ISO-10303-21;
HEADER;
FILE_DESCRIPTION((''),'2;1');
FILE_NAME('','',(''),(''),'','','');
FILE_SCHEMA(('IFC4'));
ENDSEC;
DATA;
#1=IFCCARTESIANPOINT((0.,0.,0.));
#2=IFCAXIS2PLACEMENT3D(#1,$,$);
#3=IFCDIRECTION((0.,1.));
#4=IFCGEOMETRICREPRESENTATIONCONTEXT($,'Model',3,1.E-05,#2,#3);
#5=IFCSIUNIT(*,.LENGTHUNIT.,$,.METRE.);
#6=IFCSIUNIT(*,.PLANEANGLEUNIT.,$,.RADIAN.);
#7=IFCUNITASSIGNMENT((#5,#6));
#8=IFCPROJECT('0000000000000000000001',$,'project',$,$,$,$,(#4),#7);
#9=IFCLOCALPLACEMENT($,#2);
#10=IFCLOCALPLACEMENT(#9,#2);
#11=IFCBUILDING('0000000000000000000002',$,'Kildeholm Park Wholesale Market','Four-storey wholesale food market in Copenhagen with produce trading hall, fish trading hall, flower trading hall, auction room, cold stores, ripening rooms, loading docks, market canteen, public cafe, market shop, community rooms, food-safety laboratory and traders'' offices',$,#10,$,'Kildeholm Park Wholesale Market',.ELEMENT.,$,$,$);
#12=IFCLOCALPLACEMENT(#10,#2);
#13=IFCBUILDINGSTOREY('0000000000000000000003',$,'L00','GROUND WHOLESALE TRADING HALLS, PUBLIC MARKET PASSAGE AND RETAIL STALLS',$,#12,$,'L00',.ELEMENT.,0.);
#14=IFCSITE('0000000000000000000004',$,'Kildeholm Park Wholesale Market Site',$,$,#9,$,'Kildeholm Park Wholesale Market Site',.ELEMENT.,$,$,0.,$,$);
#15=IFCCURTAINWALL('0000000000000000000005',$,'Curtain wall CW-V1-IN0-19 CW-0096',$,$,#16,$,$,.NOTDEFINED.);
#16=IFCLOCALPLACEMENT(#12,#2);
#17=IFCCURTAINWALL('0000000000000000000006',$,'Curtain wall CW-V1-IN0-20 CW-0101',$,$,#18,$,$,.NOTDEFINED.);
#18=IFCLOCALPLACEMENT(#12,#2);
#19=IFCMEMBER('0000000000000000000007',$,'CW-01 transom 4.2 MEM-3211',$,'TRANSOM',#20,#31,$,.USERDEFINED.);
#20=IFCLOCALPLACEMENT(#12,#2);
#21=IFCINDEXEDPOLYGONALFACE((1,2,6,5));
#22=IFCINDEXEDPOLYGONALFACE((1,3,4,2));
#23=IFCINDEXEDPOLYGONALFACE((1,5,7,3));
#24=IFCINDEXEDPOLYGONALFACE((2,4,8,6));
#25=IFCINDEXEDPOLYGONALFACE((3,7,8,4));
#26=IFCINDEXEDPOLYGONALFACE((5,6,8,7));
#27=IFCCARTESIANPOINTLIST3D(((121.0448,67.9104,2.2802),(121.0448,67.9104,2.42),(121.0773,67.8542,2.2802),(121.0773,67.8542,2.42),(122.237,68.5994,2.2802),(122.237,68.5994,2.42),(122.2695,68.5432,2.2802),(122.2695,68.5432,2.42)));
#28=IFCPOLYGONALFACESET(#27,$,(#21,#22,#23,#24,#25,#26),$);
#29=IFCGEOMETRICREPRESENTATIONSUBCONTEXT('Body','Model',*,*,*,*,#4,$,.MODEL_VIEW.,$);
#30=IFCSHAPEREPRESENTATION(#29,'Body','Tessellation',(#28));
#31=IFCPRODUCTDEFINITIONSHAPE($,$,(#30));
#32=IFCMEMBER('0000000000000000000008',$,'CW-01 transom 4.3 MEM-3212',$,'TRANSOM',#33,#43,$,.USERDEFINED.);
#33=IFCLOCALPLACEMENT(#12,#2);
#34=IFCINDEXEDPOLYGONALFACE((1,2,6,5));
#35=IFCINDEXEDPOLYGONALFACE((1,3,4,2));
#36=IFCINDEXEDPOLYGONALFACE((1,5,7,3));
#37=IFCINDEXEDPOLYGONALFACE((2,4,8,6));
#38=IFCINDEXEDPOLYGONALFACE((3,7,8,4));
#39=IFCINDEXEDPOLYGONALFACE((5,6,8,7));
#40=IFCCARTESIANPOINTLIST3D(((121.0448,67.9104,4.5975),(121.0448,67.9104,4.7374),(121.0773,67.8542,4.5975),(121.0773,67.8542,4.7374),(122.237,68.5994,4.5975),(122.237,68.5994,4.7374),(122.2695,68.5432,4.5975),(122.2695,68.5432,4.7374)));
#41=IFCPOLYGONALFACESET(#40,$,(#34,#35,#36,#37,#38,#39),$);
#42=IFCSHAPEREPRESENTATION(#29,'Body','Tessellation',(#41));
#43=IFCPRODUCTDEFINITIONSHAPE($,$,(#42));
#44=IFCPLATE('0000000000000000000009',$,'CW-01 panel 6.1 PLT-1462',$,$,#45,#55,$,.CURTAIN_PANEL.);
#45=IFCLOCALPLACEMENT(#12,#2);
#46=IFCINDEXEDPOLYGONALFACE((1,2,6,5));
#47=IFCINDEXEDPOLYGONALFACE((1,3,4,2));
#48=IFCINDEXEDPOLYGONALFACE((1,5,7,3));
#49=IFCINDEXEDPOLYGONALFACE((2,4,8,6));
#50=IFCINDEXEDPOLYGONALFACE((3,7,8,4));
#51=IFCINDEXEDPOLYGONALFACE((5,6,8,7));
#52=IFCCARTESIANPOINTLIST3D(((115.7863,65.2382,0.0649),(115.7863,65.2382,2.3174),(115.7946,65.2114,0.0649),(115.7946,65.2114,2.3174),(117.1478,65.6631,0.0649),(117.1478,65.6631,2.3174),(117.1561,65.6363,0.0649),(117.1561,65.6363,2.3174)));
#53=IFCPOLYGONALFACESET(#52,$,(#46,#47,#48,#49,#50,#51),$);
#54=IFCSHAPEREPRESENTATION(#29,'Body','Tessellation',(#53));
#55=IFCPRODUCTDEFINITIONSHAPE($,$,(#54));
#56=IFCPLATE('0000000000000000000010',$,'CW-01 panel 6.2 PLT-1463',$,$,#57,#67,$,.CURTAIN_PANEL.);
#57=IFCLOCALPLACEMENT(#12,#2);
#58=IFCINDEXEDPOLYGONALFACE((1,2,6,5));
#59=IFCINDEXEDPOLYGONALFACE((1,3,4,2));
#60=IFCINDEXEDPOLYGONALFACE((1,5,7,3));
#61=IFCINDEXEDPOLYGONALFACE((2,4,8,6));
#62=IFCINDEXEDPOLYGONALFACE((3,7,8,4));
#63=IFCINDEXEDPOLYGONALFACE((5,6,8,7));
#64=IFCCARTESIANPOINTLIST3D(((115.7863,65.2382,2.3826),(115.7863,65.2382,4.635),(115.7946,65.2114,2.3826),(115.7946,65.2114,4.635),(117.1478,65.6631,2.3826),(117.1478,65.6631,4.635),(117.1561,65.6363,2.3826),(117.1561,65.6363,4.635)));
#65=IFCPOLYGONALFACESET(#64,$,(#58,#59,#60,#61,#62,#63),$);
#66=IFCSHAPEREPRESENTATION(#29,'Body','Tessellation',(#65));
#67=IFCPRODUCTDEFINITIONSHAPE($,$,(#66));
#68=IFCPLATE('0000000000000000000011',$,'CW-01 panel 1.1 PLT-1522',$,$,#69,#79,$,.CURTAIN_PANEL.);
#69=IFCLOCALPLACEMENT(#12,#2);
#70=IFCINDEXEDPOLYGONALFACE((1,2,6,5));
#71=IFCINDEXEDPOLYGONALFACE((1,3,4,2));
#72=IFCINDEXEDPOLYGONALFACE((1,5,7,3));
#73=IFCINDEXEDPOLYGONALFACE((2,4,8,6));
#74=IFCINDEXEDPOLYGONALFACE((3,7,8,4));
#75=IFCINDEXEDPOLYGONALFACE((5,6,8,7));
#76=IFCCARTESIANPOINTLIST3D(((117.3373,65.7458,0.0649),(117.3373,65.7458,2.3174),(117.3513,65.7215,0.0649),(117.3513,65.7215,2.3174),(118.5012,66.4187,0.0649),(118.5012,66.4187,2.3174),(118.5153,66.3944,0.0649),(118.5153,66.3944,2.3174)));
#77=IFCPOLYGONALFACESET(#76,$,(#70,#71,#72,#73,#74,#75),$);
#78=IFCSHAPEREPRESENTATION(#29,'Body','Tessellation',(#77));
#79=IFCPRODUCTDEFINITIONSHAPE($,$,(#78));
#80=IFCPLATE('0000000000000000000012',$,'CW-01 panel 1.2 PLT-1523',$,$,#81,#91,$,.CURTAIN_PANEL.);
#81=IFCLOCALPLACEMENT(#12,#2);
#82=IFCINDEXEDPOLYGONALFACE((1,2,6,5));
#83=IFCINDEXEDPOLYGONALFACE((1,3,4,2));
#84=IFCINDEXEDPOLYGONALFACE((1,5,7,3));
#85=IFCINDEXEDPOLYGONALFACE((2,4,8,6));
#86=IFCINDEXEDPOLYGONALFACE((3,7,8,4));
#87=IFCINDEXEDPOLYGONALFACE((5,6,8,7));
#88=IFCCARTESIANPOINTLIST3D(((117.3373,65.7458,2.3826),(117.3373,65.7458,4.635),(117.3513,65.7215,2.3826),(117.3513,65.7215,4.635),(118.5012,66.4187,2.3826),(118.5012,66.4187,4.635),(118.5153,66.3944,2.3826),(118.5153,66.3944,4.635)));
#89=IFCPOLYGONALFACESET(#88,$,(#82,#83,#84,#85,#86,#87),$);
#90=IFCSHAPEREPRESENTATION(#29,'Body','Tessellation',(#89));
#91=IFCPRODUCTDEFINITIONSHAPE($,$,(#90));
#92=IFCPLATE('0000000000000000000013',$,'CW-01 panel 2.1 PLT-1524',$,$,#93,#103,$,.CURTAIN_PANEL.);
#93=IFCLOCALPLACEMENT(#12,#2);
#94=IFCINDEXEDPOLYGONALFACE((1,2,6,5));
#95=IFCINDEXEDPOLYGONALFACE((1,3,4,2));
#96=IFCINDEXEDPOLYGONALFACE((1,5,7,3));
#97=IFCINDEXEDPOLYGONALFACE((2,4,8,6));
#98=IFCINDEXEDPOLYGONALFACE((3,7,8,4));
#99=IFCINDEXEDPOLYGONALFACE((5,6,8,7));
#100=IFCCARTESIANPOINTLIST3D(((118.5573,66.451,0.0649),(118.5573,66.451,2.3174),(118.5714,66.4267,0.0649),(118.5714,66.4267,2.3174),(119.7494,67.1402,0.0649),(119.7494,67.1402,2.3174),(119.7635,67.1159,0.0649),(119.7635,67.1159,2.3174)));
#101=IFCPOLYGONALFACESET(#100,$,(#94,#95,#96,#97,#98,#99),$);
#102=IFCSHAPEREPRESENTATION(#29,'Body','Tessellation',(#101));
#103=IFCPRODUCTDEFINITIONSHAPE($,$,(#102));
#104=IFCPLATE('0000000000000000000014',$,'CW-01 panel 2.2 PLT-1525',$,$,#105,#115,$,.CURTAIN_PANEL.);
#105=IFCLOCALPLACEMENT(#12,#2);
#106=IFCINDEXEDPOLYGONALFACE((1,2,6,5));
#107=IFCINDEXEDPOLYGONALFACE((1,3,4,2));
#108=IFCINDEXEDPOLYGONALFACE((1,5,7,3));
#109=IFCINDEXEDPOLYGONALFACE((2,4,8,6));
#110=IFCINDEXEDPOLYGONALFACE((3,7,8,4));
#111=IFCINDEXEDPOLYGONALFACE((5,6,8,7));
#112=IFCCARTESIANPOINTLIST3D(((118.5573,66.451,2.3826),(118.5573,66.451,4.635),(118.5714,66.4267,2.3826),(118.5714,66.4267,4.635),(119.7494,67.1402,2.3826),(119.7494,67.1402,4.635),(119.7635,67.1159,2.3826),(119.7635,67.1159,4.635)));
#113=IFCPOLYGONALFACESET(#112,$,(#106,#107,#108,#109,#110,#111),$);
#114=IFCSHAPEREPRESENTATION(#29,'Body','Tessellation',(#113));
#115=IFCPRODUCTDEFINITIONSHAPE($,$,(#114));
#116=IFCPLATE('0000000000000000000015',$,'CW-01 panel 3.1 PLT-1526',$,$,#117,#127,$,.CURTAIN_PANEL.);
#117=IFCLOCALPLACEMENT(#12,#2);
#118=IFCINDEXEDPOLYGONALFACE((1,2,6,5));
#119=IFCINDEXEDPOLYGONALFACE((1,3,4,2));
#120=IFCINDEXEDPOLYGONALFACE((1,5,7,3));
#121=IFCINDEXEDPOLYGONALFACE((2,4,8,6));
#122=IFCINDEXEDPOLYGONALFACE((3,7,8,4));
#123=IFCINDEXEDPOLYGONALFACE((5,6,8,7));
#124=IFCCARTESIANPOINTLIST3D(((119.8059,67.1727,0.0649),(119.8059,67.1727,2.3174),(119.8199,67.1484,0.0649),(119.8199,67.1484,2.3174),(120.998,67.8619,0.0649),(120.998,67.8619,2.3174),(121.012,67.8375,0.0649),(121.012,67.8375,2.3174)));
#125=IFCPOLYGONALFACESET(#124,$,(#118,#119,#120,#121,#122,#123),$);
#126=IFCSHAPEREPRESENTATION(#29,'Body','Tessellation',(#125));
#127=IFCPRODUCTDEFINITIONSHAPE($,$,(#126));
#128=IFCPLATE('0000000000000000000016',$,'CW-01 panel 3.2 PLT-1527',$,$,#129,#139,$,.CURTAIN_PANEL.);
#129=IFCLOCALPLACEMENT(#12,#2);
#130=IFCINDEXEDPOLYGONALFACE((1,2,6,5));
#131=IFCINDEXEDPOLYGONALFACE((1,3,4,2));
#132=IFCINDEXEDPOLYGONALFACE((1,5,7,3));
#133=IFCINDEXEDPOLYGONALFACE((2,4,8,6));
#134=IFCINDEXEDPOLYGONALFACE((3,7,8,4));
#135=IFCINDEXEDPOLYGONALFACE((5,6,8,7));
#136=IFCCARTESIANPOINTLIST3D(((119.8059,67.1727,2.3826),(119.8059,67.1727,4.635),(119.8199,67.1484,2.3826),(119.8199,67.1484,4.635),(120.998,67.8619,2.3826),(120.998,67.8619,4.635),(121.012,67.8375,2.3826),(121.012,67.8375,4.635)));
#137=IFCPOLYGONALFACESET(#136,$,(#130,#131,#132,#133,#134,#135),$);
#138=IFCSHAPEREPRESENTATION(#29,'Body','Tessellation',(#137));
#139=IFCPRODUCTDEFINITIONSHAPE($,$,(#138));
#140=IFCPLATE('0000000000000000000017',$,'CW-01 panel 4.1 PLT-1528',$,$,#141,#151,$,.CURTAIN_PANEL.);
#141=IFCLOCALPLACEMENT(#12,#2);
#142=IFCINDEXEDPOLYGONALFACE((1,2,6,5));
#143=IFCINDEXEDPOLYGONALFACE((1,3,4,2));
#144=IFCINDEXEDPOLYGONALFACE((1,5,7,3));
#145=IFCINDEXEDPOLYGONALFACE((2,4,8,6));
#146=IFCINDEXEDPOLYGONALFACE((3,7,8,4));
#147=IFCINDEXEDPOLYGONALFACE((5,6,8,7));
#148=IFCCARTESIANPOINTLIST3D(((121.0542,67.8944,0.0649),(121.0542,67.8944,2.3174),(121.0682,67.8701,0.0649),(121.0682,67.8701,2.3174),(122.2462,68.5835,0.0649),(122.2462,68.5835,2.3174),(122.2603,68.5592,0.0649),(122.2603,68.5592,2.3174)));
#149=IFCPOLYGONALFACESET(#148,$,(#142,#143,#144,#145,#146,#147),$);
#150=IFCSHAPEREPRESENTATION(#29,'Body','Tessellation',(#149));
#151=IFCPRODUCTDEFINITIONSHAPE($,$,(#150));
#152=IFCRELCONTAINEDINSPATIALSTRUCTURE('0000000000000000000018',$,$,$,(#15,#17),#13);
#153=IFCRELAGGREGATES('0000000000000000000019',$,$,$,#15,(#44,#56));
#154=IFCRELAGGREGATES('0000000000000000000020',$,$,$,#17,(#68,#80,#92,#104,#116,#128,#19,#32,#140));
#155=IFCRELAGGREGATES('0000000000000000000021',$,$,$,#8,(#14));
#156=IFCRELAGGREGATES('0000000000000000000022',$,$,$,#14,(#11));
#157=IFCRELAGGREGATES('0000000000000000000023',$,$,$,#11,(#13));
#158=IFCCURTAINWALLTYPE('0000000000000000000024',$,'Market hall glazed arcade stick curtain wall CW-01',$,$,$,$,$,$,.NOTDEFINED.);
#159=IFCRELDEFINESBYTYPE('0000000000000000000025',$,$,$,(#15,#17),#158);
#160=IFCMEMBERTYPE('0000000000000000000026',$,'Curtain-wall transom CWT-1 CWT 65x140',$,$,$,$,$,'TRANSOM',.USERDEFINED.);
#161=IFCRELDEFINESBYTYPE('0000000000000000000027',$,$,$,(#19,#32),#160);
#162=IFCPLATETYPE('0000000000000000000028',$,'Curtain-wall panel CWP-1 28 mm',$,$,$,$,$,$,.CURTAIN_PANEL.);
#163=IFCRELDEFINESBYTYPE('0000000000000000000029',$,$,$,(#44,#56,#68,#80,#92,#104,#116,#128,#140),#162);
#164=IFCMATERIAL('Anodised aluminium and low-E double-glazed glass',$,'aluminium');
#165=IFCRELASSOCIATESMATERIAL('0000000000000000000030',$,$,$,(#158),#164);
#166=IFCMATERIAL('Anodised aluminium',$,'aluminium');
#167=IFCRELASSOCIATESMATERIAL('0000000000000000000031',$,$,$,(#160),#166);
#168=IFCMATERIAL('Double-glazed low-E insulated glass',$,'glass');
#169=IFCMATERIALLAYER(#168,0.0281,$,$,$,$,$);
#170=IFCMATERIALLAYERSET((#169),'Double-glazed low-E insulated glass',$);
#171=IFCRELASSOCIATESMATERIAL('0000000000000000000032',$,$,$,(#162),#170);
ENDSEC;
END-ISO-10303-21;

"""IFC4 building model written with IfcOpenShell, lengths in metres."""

from ifc_helpers import new_model, si_unit, direction, frame, origin, origin_2d, place, context, subcontext, project, spatial, rectangle, extrude, material, layer, layer_set, material_profile, profile_set, type_object, element, aggregate, save


model = new_model("IFC4")

# Units and contexts
model_context = context("Model", 3, precision=1e-05, world=origin(), true_north=direction((0.0, 1.0)))
body_context = subcontext(model_context, "Body", "Model", "MODEL_VIEW")
ifc_project = project(units=[si_unit("LENGTHUNIT", "METRE"), si_unit("PLANEANGLEUNIT", "RADIAN")], contexts=[model_context])

# Site, building, storey
site_placement = place(None, origin())
site = spatial("IfcSite", under=ifc_project, at=site_placement, Name="Kildeholm Park Wholesale Market Site", LongName="Kildeholm Park Wholesale Market Site", CompositionType="ELEMENT", RefElevation=0.0)
building_placement = place(site_placement, origin())
building = spatial("IfcBuilding", under=site, at=building_placement, Name="Kildeholm Park Wholesale Market", Description="Four-storey wholesale food market in Copenhagen with produce trading hall, fish trading hall, flower trading hall, auction room, cold stores, ripening rooms, loading docks, market canteen, public cafe, market shop, community rooms, food-safety laboratory and traders' offices", LongName="Kildeholm Park Wholesale Market", CompositionType="ELEMENT")
storey_placement = place(building_placement, origin())
storey = spatial("IfcBuildingStorey", under=building, at=storey_placement, Name="L00", Description="GROUND WHOLESALE TRADING HALLS, PUBLIC MARKET PASSAGE AND RETAIL STALLS", LongName="L00", CompositionType="ELEMENT", Elevation=0.0)

# Curtain wall
ifc_material_1 = material(Name="Anodised aluminium and low-E double-glazed glass", Category="aluminium")
curtain_wall_type = type_object("IfcCurtainWallType", Name="Market hall glazed arcade stick curtain wall CW-01", PredefinedType="NOTDEFINED", material=ifc_material_1)
curtain_wall_1_placement = place(storey_placement, origin())
curtain_wall_1 = element("IfcCurtainWall", 1, at=curtain_wall_1_placement, inside=storey, type_object=curtain_wall_type, Name="Curtain wall CW-V1-IN0-19 CW-0096", PredefinedType="NOTDEFINED")
ifc_material_2 = material(Name="Anodised aluminium", Category="aluminium")

# Curtain wall, members
curtain_wall_2_placement = place(storey_placement, origin())
curtain_wall_2 = element("IfcCurtainWall", 2, at=curtain_wall_2_placement, inside=storey, type_object=curtain_wall_type, Name="Curtain wall CW-V1-IN0-20 CW-0101", PredefinedType="NOTDEFINED")
ifc_material_profile_1 = material_profile(ifc_material_2, rectangle(XDim=0.0649, YDim=0.1399, at=origin_2d()), Name="CWT 65x140")
ifc_profile_set_1 = profile_set([ifc_material_profile_1], Name="Anodised aluminium")
member_type_1 = type_object("IfcMemberType", Name="Curtain-wall transom CWT-1 CWT 65x140", ElementType="TRANSOM", PredefinedType="USERDEFINED", material=ifc_profile_set_1)
member_1_placement = place(storey_placement, frame((121.061, 67.8823, 2.3501), z_axis=(0.86581, 0.500372, 0.0), x_axis=(-0.500372, 0.86581, 0.0)))
member_1 = element("IfcMember", 3, at=member_1_placement, type_object=member_type_1, Name="CW-01 transom 4.2 MEM-3211", ObjectType="TRANSOM", PredefinedType="USERDEFINED", context=body_context, shape_type="SweptSolid", body=[
    extrude(rectangle(XDim=0.0649, YDim=0.1399, at=origin_2d()), origin(), (0.0, 0.0, 1.0), 1.377),
])
member_2_placement = place(storey_placement, frame((121.061, 67.8823, 4.6675), z_axis=(0.86581, 0.500372, 0.0), x_axis=(-0.500372, 0.86581, 0.0)))
member_2 = element("IfcMember", 4, at=member_2_placement, type_object=member_type_1, Name="CW-01 transom 4.3 MEM-3212", ObjectType="TRANSOM", PredefinedType="USERDEFINED", context=body_context, shape_type="SweptSolid", body=[
    extrude(rectangle(XDim=0.0649, YDim=0.1399, at=origin_2d()), origin(), (0.0, 0.0, 1.0), 1.377),
])

# Plates
ifc_material_3 = material(Name="Double-glazed low-E insulated glass", Category="glass")
ifc_layer = layer(ifc_material_3, 0.0281)
ifc_layer_set = layer_set([ifc_layer], Name="Double-glazed low-E insulated glass")
plate_type = type_object("IfcPlateType", Name="Curtain-wall panel CWP-1 28 mm", PredefinedType="CURTAIN_PANEL", material=ifc_layer_set)
plate_1_placement = place(storey_placement, frame((116.4712, 65.4373, 0.0649), z_axis=(0.0, 0.0, 1.0), x_axis=(0.954579, 0.297957, 0.0)))
plate_1 = element("IfcPlate", 5, at=plate_1_placement, type_object=plate_type, Name="CW-01 panel 6.1 PLT-1462", PredefinedType="CURTAIN_PANEL", context=body_context, shape_type="SweptSolid", body=[
    extrude(rectangle(XDim=1.4263, YDim=0.0281, at=origin_2d()), origin(), (0.0, 0.0, 1.0), 2.2524),
])
plate_2_placement = place(storey_placement, frame((116.4712, 65.4373, 2.3826), z_axis=(0.0, 0.0, 1.0), x_axis=(0.954579, 0.297957, 0.0)))
plate_2 = element("IfcPlate", 6, at=plate_2_placement, type_object=plate_type, Name="CW-01 panel 6.2 PLT-1463", PredefinedType="CURTAIN_PANEL", context=body_context, shape_type="SweptSolid", body=[
    extrude(rectangle(XDim=1.4263, YDim=0.0281, at=origin_2d()), origin(), (0.0, 0.0, 1.0), 2.2524),
])
aggregate(curtain_wall_1, [plate_1, plate_2])
plate_3_placement = place(storey_placement, frame((117.9263, 66.0701, 0.0649), z_axis=(0.0, 0.0, 1.0), x_axis=(0.865743, 0.500489, 0.0)))
plate_3 = element("IfcPlate", 7, at=plate_3_placement, type_object=plate_type, Name="CW-01 panel 1.1 PLT-1522", PredefinedType="CURTAIN_PANEL", context=body_context, shape_type="SweptSolid", body=[
    extrude(rectangle(XDim=1.3445, YDim=0.0281, at=origin_2d()), origin(), (0.0, 0.0, 1.0), 2.2524),
])
plate_4_placement = place(storey_placement, frame((117.9263, 66.0701, 2.3826), z_axis=(0.0, 0.0, 1.0), x_axis=(0.865743, 0.500489, 0.0)))
plate_4 = element("IfcPlate", 8, at=plate_4_placement, type_object=plate_type, Name="CW-01 panel 1.2 PLT-1523", PredefinedType="CURTAIN_PANEL", context=body_context, shape_type="SweptSolid", body=[
    extrude(rectangle(XDim=1.3445, YDim=0.0281, at=origin_2d()), origin(), (0.0, 0.0, 1.0), 2.2524),
])
plate_5_placement = place(storey_placement, frame((119.1604, 66.7834, 0.0649), z_axis=(0.0, 0.0, 1.0), x_axis=(0.865743, 0.500489, 0.0)))
plate_5 = element("IfcPlate", 9, at=plate_5_placement, type_object=plate_type, Name="CW-01 panel 2.1 PLT-1524", PredefinedType="CURTAIN_PANEL", context=body_context, shape_type="SweptSolid", body=[
    extrude(rectangle(XDim=1.377, YDim=0.0281, at=origin_2d()), origin(), (0.0, 0.0, 1.0), 2.2524),
])
plate_6_placement = place(storey_placement, frame((119.1604, 66.7834, 2.3826), z_axis=(0.0, 0.0, 1.0), x_axis=(0.865743, 0.500489, 0.0)))
plate_6 = element("IfcPlate", 10, at=plate_6_placement, type_object=plate_type, Name="CW-01 panel 2.2 PLT-1525", PredefinedType="CURTAIN_PANEL", context=body_context, shape_type="SweptSolid", body=[
    extrude(rectangle(XDim=1.377, YDim=0.0281, at=origin_2d()), origin(), (0.0, 0.0, 1.0), 2.2524),
])
plate_7_placement = place(storey_placement, frame((120.4089, 67.5051, 0.0649), z_axis=(0.0, 0.0, 1.0), x_axis=(0.865743, 0.500489, 0.0)))
plate_7 = element("IfcPlate", 11, at=plate_7_placement, type_object=plate_type, Name="CW-01 panel 3.1 PLT-1526", PredefinedType="CURTAIN_PANEL", context=body_context, shape_type="SweptSolid", body=[
    extrude(rectangle(XDim=1.377, YDim=0.0281, at=origin_2d()), origin(), (0.0, 0.0, 1.0), 2.2524),
])
plate_8_placement = place(storey_placement, frame((120.4089, 67.5051, 2.3826), z_axis=(0.0, 0.0, 1.0), x_axis=(0.865743, 0.500489, 0.0)))
plate_8 = element("IfcPlate", 12, at=plate_8_placement, type_object=plate_type, Name="CW-01 panel 3.2 PLT-1527", PredefinedType="CURTAIN_PANEL", context=body_context, shape_type="SweptSolid", body=[
    extrude(rectangle(XDim=1.377, YDim=0.0281, at=origin_2d()), origin(), (0.0, 0.0, 1.0), 2.2524),
])
plate_9_placement = place(storey_placement, frame((121.6572, 68.2268, 0.0649), z_axis=(0.0, 0.0, 1.0), x_axis=(0.865743, 0.500489, 0.0)))
plate_9 = element("IfcPlate", 13, at=plate_9_placement, type_object=plate_type, Name="CW-01 panel 4.1 PLT-1528", PredefinedType="CURTAIN_PANEL", context=body_context, shape_type="SweptSolid", body=[
    extrude(rectangle(XDim=1.377, YDim=0.0281, at=origin_2d()), origin(), (0.0, 0.0, 1.0), 2.2524),
])
aggregate(curtain_wall_2, [plate_3, plate_4, plate_5, plate_6, plate_7, plate_8, member_1, member_2, plate_9])

save(model, "model.ifc")
